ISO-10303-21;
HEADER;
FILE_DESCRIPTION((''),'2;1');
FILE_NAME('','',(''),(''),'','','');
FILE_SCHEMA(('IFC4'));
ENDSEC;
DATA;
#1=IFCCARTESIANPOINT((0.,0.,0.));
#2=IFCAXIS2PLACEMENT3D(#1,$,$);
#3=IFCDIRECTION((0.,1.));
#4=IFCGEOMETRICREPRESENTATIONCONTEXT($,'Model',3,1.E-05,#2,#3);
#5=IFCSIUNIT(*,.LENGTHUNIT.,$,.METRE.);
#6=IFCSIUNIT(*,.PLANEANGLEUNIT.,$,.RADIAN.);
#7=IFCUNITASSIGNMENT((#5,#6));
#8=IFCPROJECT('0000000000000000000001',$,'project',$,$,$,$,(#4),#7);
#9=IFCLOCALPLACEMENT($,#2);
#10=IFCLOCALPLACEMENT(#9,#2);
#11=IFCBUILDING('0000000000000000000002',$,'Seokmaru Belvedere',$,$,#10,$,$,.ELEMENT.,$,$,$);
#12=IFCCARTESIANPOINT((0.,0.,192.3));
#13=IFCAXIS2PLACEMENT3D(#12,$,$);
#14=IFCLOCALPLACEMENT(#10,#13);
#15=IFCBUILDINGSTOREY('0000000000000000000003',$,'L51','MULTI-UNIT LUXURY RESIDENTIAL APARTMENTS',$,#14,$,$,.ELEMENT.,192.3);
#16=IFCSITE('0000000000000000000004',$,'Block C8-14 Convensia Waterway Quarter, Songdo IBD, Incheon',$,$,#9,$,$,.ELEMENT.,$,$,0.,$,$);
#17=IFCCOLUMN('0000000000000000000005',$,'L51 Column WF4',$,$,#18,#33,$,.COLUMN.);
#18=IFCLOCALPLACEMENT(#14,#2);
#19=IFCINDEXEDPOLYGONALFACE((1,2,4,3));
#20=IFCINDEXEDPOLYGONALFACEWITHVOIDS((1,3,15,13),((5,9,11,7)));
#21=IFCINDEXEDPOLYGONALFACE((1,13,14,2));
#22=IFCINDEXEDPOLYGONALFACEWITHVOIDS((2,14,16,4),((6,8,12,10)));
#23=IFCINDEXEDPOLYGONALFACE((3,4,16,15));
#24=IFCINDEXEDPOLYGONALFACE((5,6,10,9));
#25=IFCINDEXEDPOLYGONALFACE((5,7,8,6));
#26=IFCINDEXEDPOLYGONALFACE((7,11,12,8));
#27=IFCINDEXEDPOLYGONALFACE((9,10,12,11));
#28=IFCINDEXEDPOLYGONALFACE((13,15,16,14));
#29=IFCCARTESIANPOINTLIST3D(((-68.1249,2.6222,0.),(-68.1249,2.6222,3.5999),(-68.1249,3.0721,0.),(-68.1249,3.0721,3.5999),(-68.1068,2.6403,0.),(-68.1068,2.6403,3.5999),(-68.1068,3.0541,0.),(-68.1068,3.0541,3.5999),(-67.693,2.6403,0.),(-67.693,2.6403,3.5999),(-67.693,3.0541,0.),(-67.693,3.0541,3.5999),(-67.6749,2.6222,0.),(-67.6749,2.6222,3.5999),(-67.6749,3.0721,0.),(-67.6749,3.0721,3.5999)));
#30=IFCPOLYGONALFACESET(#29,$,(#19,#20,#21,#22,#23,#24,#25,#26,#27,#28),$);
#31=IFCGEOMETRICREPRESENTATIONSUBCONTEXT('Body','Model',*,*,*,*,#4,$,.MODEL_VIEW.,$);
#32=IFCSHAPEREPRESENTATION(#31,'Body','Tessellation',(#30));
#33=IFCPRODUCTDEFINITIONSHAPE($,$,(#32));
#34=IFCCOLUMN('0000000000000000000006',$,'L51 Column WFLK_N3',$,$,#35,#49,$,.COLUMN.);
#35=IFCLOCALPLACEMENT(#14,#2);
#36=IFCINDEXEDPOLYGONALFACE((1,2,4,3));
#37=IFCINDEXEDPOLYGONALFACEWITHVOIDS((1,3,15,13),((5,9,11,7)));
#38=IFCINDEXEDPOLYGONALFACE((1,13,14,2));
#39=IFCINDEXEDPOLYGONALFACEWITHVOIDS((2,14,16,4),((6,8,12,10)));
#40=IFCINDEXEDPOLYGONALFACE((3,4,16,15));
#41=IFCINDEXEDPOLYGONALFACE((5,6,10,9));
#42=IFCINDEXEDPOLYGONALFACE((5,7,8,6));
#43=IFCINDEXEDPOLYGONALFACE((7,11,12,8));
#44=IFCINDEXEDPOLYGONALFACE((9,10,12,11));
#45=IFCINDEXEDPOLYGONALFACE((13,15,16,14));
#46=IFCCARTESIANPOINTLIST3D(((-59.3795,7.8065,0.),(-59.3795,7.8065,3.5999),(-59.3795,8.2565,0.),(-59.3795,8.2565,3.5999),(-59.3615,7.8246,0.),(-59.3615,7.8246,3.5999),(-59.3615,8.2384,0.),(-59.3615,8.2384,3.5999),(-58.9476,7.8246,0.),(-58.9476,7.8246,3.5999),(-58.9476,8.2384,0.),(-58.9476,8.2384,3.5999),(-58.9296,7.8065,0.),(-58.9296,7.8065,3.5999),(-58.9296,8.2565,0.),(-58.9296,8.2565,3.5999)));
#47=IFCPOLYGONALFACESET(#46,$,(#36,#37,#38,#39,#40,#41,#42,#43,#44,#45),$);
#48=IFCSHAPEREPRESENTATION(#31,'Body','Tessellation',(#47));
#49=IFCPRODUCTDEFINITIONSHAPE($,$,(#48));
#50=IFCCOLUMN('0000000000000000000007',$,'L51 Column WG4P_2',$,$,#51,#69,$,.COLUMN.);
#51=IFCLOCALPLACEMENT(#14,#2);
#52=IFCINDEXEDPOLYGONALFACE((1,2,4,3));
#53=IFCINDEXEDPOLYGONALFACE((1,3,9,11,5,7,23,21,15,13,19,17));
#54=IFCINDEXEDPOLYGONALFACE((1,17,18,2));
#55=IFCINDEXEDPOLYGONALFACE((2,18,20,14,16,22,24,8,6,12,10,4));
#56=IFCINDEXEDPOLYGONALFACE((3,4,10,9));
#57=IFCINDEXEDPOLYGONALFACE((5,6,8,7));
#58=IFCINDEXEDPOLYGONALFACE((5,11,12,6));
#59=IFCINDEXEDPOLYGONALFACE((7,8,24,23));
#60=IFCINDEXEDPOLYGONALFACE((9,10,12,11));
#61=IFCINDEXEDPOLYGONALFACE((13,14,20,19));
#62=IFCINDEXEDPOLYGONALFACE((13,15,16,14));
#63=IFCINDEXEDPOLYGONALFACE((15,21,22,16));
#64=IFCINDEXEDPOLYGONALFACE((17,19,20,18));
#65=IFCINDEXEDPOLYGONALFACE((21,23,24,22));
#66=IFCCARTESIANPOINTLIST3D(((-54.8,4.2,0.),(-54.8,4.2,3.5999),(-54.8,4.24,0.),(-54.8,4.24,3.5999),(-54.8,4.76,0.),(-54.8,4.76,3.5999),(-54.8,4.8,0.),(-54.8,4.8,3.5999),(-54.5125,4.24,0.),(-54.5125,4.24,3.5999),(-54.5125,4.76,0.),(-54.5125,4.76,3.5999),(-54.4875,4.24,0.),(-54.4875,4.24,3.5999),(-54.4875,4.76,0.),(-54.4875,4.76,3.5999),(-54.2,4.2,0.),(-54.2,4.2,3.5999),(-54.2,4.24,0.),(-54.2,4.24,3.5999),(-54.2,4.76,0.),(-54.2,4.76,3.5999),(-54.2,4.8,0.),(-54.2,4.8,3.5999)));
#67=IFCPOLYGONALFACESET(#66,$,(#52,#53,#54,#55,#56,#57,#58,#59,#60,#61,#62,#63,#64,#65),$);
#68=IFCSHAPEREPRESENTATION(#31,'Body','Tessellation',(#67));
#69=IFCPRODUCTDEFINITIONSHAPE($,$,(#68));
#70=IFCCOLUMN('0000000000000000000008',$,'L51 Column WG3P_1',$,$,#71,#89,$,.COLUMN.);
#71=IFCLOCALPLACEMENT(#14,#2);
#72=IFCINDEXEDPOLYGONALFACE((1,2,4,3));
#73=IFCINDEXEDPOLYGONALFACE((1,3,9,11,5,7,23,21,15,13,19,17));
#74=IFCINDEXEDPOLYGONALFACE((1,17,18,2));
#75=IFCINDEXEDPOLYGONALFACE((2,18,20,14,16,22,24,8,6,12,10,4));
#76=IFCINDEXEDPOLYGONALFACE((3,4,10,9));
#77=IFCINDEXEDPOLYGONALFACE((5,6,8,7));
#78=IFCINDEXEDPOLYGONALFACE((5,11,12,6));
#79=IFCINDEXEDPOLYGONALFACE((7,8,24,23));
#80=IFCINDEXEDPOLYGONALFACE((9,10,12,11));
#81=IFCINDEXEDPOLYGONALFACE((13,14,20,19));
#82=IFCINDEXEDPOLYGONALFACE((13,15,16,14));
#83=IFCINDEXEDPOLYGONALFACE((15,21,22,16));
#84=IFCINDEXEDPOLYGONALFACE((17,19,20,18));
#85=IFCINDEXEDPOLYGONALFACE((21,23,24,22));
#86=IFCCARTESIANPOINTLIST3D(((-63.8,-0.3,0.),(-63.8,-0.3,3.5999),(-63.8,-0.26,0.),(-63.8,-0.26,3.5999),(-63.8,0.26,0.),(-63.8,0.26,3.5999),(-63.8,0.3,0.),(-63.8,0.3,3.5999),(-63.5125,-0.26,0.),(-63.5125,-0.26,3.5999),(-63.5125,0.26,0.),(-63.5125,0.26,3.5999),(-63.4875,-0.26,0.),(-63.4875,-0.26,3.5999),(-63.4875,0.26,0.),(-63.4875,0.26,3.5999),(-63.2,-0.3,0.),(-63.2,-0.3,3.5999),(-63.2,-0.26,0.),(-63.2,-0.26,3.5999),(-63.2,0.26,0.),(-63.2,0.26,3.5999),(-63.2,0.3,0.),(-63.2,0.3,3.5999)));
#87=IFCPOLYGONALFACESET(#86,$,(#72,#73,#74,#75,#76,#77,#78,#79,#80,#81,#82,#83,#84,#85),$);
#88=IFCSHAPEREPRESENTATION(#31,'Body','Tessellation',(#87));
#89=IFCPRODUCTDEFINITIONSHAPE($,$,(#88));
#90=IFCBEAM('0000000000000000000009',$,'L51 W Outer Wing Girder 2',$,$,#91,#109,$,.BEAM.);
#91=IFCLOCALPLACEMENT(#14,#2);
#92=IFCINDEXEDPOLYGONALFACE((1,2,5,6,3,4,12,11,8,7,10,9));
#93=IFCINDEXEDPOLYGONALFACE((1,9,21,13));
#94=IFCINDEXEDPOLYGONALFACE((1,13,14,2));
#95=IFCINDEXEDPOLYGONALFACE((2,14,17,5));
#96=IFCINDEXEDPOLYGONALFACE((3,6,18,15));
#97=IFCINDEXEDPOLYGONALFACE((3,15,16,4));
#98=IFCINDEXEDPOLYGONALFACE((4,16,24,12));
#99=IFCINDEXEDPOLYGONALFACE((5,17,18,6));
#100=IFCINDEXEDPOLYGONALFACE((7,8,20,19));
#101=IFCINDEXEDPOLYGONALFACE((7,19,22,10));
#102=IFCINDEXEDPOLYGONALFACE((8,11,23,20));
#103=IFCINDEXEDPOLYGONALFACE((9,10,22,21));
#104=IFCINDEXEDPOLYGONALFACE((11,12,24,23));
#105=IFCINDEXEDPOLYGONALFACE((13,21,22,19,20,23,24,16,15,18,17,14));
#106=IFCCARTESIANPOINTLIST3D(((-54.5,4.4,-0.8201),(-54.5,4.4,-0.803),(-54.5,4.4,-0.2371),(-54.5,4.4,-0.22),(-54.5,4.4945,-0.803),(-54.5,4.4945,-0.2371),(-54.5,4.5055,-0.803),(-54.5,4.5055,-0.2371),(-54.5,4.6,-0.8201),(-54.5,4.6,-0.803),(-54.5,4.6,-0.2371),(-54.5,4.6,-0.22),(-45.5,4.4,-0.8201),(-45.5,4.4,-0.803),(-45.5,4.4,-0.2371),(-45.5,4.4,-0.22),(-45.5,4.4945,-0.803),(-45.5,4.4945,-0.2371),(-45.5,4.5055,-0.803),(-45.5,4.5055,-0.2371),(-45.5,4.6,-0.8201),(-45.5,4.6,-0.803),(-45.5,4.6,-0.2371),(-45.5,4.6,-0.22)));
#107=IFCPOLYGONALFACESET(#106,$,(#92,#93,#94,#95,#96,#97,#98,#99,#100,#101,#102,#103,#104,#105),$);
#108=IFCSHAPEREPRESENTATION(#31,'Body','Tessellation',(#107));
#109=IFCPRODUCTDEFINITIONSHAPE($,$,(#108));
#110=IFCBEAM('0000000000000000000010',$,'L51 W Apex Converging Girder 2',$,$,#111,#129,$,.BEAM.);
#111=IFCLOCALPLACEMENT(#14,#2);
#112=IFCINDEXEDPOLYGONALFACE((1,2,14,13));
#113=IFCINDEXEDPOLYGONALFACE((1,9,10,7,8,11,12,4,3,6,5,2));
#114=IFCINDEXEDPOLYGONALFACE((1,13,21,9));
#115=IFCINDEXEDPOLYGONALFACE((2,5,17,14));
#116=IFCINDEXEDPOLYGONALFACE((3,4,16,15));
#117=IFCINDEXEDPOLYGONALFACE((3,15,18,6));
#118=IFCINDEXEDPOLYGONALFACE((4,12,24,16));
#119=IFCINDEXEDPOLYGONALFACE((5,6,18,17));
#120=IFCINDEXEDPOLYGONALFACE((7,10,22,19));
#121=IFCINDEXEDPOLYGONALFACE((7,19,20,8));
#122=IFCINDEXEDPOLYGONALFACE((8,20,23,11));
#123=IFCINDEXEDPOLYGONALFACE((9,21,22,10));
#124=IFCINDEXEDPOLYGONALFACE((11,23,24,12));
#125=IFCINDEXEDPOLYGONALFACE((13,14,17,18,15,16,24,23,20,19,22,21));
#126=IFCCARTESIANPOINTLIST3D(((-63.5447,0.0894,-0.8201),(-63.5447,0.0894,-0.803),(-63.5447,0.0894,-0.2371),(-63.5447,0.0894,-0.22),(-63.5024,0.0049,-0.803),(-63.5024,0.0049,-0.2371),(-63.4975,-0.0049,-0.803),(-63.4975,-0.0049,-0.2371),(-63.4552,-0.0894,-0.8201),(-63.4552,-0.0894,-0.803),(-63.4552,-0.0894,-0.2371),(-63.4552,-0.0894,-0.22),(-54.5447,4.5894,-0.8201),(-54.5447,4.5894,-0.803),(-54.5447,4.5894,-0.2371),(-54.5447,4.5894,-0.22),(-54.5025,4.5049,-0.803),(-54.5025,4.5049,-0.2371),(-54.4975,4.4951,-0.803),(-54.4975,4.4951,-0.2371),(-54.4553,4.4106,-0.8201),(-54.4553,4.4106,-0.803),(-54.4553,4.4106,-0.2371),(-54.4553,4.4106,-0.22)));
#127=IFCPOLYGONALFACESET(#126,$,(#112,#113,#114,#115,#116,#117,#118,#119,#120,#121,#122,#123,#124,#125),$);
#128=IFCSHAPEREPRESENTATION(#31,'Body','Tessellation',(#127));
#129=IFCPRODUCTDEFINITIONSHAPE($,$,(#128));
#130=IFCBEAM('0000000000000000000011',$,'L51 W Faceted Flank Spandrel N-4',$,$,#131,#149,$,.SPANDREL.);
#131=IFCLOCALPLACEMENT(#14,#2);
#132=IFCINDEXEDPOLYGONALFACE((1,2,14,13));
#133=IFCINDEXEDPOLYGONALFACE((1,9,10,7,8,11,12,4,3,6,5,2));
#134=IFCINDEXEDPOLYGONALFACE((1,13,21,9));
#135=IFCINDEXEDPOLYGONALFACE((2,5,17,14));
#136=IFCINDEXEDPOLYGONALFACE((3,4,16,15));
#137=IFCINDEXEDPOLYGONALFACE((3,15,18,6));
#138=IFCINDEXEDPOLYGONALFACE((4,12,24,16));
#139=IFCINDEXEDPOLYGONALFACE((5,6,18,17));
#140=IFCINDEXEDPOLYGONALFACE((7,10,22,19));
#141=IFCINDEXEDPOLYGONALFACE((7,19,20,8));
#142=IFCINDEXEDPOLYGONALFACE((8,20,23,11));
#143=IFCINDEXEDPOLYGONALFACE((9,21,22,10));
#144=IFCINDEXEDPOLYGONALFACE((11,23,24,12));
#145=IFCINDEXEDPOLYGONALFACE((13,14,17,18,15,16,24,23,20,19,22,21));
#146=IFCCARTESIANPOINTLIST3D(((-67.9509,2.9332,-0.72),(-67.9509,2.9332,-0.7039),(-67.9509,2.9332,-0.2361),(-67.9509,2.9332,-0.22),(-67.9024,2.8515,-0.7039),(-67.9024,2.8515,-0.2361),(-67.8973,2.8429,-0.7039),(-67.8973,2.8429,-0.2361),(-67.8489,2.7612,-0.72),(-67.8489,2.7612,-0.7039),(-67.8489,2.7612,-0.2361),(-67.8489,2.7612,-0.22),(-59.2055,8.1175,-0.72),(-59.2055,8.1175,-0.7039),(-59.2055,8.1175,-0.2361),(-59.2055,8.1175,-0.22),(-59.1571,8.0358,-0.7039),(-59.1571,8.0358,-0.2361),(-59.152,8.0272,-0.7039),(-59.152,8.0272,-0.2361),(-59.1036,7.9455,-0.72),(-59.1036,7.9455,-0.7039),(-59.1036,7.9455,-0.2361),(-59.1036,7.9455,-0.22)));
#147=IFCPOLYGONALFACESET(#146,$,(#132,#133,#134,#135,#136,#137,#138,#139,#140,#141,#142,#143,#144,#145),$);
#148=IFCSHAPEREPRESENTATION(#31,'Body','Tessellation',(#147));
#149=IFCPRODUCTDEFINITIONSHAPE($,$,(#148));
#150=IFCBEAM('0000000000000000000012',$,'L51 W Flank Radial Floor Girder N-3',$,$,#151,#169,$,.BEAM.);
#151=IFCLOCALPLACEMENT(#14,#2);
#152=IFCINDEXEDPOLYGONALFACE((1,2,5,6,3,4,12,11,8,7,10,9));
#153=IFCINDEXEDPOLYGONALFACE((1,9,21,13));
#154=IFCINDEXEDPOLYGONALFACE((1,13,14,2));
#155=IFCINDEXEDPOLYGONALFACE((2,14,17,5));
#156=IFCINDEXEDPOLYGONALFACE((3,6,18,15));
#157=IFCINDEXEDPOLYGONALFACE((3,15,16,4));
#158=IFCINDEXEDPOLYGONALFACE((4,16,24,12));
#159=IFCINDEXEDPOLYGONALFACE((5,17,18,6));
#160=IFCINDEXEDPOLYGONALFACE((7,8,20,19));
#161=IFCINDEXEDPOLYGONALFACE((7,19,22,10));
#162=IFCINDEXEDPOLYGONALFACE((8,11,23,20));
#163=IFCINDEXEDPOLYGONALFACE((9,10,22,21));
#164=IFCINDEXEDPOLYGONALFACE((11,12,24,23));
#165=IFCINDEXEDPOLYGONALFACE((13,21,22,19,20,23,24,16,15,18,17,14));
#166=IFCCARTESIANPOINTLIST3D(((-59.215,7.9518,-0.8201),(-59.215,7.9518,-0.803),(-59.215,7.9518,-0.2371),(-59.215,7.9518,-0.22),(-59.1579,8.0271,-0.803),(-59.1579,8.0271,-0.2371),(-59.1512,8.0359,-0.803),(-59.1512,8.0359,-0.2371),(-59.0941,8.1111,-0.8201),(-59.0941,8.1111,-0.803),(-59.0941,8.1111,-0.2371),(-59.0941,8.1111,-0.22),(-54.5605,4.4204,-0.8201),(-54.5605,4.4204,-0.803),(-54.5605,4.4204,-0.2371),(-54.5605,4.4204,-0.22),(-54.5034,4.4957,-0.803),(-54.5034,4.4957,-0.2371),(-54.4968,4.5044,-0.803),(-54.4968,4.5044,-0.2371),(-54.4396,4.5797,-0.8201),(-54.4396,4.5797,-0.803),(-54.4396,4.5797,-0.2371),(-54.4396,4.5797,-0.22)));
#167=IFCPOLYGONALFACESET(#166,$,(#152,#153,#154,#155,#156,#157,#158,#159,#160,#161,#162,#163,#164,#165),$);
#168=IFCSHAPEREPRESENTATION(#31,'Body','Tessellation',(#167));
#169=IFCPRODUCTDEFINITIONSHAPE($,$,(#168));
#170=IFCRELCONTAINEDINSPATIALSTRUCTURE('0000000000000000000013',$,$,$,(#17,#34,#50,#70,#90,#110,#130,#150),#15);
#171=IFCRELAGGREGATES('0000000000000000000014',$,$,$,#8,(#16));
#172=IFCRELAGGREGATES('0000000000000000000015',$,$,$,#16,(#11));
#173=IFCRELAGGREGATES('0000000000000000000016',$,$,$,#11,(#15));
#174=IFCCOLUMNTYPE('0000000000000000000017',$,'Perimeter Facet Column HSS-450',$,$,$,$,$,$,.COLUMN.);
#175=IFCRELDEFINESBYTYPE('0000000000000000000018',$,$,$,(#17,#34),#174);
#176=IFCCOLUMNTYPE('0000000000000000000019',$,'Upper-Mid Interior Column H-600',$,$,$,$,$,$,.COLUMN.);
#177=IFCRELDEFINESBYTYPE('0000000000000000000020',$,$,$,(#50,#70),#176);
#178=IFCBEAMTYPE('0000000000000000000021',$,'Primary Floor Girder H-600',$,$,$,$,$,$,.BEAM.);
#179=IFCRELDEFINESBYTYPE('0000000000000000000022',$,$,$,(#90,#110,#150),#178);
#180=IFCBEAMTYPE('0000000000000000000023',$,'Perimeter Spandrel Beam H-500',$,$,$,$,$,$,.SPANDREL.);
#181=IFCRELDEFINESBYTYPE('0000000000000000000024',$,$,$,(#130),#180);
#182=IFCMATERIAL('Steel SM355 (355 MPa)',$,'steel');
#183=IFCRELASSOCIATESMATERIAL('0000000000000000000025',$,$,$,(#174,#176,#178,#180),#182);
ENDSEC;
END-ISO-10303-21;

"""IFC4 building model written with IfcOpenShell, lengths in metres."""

from ifc_helpers import new_model, si_unit, direction, frame, origin, origin_2d, place, context, subcontext, project, spatial, hollow_rectangle, i_section, extrude, source, transform, mapped, material, material_profile, profile_set, type_object, type_shapes, element, save


model = new_model("IFC4")

# Units and contexts
model_context = context("Model", 3, precision=1e-05, world=origin(), true_north=direction((0.0, 1.0)))
body_context = subcontext(model_context, "Body", "Model", "MODEL_VIEW")
ifc_project = project(units=[si_unit("LENGTHUNIT", "METRE"), si_unit("PLANEANGLEUNIT", "RADIAN")], contexts=[model_context])

# Site, building, storey
site_placement = place(None, origin())
site = spatial("IfcSite", under=ifc_project, at=site_placement, Name="Block C8-14 Convensia Waterway Quarter, Songdo IBD, Incheon", CompositionType="ELEMENT", RefElevation=0.0)
building_placement = place(site_placement, origin())
building = spatial("IfcBuilding", under=site, at=building_placement, Name="Seokmaru Belvedere", CompositionType="ELEMENT")
storey_placement = place(building_placement, frame((0.0, 0.0, 192.3)))
storey = spatial("IfcBuildingStorey", under=building, at=storey_placement, Name="L51", Description="MULTI-UNIT LUXURY RESIDENTIAL APARTMENTS", CompositionType="ELEMENT", Elevation=192.3)

# Columns
ifc_material_1 = material(Name="Steel SM355 (355 MPa)", Category="steel")
ifc_material_profile_1 = material_profile(ifc_material_1, hollow_rectangle(XDim=0.45, YDim=0.45, WallThickness=0.0181, at=origin_2d()), Name="HSS-450x450x18")
ifc_profile_set_1 = profile_set([ifc_material_profile_1], Name="Steel SM355 (355 MPa)")
column_type_1 = type_object("IfcColumnType", Name="Perimeter Facet Column HSS-450", PredefinedType="COLUMN", material=ifc_profile_set_1)
shared_shape_1 = source(origin(), body_context, "Body", "SweptSolid", [
    extrude(hollow_rectangle(XDim=0.45, YDim=0.45, WallThickness=0.0181, at=origin_2d()), origin(), (0.0, 0.0, 1.0), 3.5999),
])
type_shapes(column_type_1, [shared_shape_1])
for number, where, z_axis, x_axis, name in (
    (1, (-67.8999, 2.8472, 0.0), (0.0, 0.0, 1.0), (1.0, 0.0, 0.0), "L51 Column WF4"),
    (2, (-59.1545, 8.0315, 0.0), (0.0, 0.0, 1.0), (1.0, 0.0, 0.0), "L51 Column WFLK_N3"),
):
    element("IfcColumn", number, at=place(storey_placement, frame(where, z_axis=z_axis, x_axis=x_axis)), inside=storey, type_object=column_type_1, Name=name, PredefinedType="COLUMN", context=body_context, shape_type="MappedRepresentation", body=[
        mapped(shared_shape_1, transform((0.0, 0.0, 0.0), scale=1.0)),
    ])
ifc_material_profile_2 = material_profile(ifc_material_1, i_section(OverallWidth=0.6001, OverallDepth=0.6001, WebThickness=0.0249, FlangeThickness=0.04, at=origin_2d()), Name="H-600x600x25x40")
ifc_profile_set_2 = profile_set([ifc_material_profile_2], Name="Steel SM355 (355 MPa)")
column_type_2 = type_object("IfcColumnType", Name="Upper-Mid Interior Column H-600", PredefinedType="COLUMN", material=ifc_profile_set_2)
shared_shape_2 = source(origin(), body_context, "Body", "SweptSolid", [
    extrude(i_section(OverallWidth=0.6001, OverallDepth=0.6001, WebThickness=0.0249, FlangeThickness=0.04, at=origin_2d()), origin(), (0.0, 0.0, 1.0), 3.5999),
])
type_shapes(column_type_2, [shared_shape_2])
for number, where, z_axis, x_axis, name in (
    (3, (-54.5, 4.5, 0.0), (0.0, 0.0, 1.0), (1.0, 0.0, 0.0), "L51 Column WG4P_2"),
    (4, (-63.5, 0.0, 0.0), (0.0, 0.0, 1.0), (1.0, 0.0, 0.0), "L51 Column WG3P_1"),
):
    element("IfcColumn", number, at=place(storey_placement, frame(where, z_axis=z_axis, x_axis=x_axis)), inside=storey, type_object=column_type_2, Name=name, PredefinedType="COLUMN", context=body_context, shape_type="MappedRepresentation", body=[
        mapped(shared_shape_2, transform((0.0, 0.0, 0.0), scale=1.0)),
    ])

# Beams
ifc_material_profile_3 = material_profile(ifc_material_1, i_section(OverallWidth=0.2, OverallDepth=0.6001, WebThickness=0.011, FlangeThickness=0.0171, at=origin_2d()), Name="H-600x200x11x17")
ifc_profile_set_3 = profile_set([ifc_material_profile_3], Name="Steel SM355 (355 MPa)")
beam_type_1 = type_object("IfcBeamType", Name="Primary Floor Girder H-600", PredefinedType="BEAM", material=ifc_profile_set_3)
shared_shape_3 = source(origin(), body_context, "Body", "SweptSolid", [
    extrude(i_section(OverallWidth=0.2, OverallDepth=0.6001, WebThickness=0.011, FlangeThickness=0.0171, at=origin_2d()), origin(), (0.0, 0.0, 1.0), 9.0),
])
beam_1_placement = place(storey_placement, frame((-54.5, 4.5, -0.52), z_axis=(1.0, 0.0, 0.0), x_axis=(0.0, 1.0, 0.0)))
element("IfcBeam", 5, at=beam_1_placement, inside=storey, type_object=beam_type_1, Name="L51 W Outer Wing Girder 2", PredefinedType="BEAM", context=body_context, shape_type="MappedRepresentation", body=[
    mapped(shared_shape_3, transform((0.0, 0.0, 0.0), scale=1.0)),
])
shared_shape_4 = source(origin(), body_context, "Body", "SweptSolid", [
    extrude(i_section(OverallWidth=0.2, OverallDepth=0.6001, WebThickness=0.011, FlangeThickness=0.0171, at=origin_2d()), origin(), (0.0, 0.0, 1.0), 10.0623),
])
beam_2_placement = place(storey_placement, frame((-54.5, 4.5, -0.52), z_axis=(-0.894427, -0.447214, 0.0), x_axis=(0.447214, -0.894427, 0.0)))
element("IfcBeam", 6, at=beam_2_placement, inside=storey, type_object=beam_type_1, Name="L51 W Apex Converging Girder 2", PredefinedType="BEAM", context=body_context, shape_type="MappedRepresentation", body=[
    mapped(shared_shape_4, transform((0.0, 0.0, 0.0), scale=1.0)),
])
ifc_material_profile_4 = material_profile(ifc_material_1, i_section(OverallWidth=0.2, OverallDepth=0.5, WebThickness=0.01, FlangeThickness=0.0161, at=origin_2d()), Name="H-500x200x10x16")
ifc_profile_set_4 = profile_set([ifc_material_profile_4], Name="Steel SM355 (355 MPa)")
beam_type_2 = type_object("IfcBeamType", Name="Perimeter Spandrel Beam H-500", PredefinedType="SPANDREL", material=ifc_profile_set_4)
shared_shape_5 = source(origin(), body_context, "Body", "SweptSolid", [
    extrude(i_section(OverallWidth=0.2, OverallDepth=0.5, WebThickness=0.01, FlangeThickness=0.0161, at=origin_2d()), origin(), (0.0, 0.0, 1.0), 10.1665),
])
type_shapes(beam_type_2, [shared_shape_5])
beam_3_placement = place(storey_placement, frame((-59.1545, 8.0315, -0.47), z_axis=(-0.86021, -0.50994, 0.0), x_axis=(0.50994, -0.86021, 0.0)))
element("IfcBeam", 7, at=beam_3_placement, inside=storey, type_object=beam_type_2, Name="L51 W Faceted Flank Spandrel N-4", PredefinedType="SPANDREL", context=body_context, shape_type="MappedRepresentation", body=[
    mapped(shared_shape_5, transform((0.0, 0.0, 0.0), scale=1.0)),
])
shared_shape_6 = source(origin(), body_context, "Body", "SweptSolid", [
    extrude(i_section(OverallWidth=0.2, OverallDepth=0.6001, WebThickness=0.011, FlangeThickness=0.0171, at=origin_2d()), origin(), (0.0, 0.0, 1.0), 5.8425),
])
beam_4_placement = place(storey_placement, frame((-59.1545, 8.0315, -0.52), z_axis=(0.796653, -0.604437, 0.0), x_axis=(0.604437, 0.796653, 0.0)))
element("IfcBeam", 8, at=beam_4_placement, inside=storey, type_object=beam_type_1, Name="L51 W Flank Radial Floor Girder N-3", PredefinedType="BEAM", context=body_context, shape_type="MappedRepresentation", body=[
    mapped(shared_shape_6, transform((0.0, 0.0, 0.0), scale=1.0)),
])

save(model, "model.ifc")
